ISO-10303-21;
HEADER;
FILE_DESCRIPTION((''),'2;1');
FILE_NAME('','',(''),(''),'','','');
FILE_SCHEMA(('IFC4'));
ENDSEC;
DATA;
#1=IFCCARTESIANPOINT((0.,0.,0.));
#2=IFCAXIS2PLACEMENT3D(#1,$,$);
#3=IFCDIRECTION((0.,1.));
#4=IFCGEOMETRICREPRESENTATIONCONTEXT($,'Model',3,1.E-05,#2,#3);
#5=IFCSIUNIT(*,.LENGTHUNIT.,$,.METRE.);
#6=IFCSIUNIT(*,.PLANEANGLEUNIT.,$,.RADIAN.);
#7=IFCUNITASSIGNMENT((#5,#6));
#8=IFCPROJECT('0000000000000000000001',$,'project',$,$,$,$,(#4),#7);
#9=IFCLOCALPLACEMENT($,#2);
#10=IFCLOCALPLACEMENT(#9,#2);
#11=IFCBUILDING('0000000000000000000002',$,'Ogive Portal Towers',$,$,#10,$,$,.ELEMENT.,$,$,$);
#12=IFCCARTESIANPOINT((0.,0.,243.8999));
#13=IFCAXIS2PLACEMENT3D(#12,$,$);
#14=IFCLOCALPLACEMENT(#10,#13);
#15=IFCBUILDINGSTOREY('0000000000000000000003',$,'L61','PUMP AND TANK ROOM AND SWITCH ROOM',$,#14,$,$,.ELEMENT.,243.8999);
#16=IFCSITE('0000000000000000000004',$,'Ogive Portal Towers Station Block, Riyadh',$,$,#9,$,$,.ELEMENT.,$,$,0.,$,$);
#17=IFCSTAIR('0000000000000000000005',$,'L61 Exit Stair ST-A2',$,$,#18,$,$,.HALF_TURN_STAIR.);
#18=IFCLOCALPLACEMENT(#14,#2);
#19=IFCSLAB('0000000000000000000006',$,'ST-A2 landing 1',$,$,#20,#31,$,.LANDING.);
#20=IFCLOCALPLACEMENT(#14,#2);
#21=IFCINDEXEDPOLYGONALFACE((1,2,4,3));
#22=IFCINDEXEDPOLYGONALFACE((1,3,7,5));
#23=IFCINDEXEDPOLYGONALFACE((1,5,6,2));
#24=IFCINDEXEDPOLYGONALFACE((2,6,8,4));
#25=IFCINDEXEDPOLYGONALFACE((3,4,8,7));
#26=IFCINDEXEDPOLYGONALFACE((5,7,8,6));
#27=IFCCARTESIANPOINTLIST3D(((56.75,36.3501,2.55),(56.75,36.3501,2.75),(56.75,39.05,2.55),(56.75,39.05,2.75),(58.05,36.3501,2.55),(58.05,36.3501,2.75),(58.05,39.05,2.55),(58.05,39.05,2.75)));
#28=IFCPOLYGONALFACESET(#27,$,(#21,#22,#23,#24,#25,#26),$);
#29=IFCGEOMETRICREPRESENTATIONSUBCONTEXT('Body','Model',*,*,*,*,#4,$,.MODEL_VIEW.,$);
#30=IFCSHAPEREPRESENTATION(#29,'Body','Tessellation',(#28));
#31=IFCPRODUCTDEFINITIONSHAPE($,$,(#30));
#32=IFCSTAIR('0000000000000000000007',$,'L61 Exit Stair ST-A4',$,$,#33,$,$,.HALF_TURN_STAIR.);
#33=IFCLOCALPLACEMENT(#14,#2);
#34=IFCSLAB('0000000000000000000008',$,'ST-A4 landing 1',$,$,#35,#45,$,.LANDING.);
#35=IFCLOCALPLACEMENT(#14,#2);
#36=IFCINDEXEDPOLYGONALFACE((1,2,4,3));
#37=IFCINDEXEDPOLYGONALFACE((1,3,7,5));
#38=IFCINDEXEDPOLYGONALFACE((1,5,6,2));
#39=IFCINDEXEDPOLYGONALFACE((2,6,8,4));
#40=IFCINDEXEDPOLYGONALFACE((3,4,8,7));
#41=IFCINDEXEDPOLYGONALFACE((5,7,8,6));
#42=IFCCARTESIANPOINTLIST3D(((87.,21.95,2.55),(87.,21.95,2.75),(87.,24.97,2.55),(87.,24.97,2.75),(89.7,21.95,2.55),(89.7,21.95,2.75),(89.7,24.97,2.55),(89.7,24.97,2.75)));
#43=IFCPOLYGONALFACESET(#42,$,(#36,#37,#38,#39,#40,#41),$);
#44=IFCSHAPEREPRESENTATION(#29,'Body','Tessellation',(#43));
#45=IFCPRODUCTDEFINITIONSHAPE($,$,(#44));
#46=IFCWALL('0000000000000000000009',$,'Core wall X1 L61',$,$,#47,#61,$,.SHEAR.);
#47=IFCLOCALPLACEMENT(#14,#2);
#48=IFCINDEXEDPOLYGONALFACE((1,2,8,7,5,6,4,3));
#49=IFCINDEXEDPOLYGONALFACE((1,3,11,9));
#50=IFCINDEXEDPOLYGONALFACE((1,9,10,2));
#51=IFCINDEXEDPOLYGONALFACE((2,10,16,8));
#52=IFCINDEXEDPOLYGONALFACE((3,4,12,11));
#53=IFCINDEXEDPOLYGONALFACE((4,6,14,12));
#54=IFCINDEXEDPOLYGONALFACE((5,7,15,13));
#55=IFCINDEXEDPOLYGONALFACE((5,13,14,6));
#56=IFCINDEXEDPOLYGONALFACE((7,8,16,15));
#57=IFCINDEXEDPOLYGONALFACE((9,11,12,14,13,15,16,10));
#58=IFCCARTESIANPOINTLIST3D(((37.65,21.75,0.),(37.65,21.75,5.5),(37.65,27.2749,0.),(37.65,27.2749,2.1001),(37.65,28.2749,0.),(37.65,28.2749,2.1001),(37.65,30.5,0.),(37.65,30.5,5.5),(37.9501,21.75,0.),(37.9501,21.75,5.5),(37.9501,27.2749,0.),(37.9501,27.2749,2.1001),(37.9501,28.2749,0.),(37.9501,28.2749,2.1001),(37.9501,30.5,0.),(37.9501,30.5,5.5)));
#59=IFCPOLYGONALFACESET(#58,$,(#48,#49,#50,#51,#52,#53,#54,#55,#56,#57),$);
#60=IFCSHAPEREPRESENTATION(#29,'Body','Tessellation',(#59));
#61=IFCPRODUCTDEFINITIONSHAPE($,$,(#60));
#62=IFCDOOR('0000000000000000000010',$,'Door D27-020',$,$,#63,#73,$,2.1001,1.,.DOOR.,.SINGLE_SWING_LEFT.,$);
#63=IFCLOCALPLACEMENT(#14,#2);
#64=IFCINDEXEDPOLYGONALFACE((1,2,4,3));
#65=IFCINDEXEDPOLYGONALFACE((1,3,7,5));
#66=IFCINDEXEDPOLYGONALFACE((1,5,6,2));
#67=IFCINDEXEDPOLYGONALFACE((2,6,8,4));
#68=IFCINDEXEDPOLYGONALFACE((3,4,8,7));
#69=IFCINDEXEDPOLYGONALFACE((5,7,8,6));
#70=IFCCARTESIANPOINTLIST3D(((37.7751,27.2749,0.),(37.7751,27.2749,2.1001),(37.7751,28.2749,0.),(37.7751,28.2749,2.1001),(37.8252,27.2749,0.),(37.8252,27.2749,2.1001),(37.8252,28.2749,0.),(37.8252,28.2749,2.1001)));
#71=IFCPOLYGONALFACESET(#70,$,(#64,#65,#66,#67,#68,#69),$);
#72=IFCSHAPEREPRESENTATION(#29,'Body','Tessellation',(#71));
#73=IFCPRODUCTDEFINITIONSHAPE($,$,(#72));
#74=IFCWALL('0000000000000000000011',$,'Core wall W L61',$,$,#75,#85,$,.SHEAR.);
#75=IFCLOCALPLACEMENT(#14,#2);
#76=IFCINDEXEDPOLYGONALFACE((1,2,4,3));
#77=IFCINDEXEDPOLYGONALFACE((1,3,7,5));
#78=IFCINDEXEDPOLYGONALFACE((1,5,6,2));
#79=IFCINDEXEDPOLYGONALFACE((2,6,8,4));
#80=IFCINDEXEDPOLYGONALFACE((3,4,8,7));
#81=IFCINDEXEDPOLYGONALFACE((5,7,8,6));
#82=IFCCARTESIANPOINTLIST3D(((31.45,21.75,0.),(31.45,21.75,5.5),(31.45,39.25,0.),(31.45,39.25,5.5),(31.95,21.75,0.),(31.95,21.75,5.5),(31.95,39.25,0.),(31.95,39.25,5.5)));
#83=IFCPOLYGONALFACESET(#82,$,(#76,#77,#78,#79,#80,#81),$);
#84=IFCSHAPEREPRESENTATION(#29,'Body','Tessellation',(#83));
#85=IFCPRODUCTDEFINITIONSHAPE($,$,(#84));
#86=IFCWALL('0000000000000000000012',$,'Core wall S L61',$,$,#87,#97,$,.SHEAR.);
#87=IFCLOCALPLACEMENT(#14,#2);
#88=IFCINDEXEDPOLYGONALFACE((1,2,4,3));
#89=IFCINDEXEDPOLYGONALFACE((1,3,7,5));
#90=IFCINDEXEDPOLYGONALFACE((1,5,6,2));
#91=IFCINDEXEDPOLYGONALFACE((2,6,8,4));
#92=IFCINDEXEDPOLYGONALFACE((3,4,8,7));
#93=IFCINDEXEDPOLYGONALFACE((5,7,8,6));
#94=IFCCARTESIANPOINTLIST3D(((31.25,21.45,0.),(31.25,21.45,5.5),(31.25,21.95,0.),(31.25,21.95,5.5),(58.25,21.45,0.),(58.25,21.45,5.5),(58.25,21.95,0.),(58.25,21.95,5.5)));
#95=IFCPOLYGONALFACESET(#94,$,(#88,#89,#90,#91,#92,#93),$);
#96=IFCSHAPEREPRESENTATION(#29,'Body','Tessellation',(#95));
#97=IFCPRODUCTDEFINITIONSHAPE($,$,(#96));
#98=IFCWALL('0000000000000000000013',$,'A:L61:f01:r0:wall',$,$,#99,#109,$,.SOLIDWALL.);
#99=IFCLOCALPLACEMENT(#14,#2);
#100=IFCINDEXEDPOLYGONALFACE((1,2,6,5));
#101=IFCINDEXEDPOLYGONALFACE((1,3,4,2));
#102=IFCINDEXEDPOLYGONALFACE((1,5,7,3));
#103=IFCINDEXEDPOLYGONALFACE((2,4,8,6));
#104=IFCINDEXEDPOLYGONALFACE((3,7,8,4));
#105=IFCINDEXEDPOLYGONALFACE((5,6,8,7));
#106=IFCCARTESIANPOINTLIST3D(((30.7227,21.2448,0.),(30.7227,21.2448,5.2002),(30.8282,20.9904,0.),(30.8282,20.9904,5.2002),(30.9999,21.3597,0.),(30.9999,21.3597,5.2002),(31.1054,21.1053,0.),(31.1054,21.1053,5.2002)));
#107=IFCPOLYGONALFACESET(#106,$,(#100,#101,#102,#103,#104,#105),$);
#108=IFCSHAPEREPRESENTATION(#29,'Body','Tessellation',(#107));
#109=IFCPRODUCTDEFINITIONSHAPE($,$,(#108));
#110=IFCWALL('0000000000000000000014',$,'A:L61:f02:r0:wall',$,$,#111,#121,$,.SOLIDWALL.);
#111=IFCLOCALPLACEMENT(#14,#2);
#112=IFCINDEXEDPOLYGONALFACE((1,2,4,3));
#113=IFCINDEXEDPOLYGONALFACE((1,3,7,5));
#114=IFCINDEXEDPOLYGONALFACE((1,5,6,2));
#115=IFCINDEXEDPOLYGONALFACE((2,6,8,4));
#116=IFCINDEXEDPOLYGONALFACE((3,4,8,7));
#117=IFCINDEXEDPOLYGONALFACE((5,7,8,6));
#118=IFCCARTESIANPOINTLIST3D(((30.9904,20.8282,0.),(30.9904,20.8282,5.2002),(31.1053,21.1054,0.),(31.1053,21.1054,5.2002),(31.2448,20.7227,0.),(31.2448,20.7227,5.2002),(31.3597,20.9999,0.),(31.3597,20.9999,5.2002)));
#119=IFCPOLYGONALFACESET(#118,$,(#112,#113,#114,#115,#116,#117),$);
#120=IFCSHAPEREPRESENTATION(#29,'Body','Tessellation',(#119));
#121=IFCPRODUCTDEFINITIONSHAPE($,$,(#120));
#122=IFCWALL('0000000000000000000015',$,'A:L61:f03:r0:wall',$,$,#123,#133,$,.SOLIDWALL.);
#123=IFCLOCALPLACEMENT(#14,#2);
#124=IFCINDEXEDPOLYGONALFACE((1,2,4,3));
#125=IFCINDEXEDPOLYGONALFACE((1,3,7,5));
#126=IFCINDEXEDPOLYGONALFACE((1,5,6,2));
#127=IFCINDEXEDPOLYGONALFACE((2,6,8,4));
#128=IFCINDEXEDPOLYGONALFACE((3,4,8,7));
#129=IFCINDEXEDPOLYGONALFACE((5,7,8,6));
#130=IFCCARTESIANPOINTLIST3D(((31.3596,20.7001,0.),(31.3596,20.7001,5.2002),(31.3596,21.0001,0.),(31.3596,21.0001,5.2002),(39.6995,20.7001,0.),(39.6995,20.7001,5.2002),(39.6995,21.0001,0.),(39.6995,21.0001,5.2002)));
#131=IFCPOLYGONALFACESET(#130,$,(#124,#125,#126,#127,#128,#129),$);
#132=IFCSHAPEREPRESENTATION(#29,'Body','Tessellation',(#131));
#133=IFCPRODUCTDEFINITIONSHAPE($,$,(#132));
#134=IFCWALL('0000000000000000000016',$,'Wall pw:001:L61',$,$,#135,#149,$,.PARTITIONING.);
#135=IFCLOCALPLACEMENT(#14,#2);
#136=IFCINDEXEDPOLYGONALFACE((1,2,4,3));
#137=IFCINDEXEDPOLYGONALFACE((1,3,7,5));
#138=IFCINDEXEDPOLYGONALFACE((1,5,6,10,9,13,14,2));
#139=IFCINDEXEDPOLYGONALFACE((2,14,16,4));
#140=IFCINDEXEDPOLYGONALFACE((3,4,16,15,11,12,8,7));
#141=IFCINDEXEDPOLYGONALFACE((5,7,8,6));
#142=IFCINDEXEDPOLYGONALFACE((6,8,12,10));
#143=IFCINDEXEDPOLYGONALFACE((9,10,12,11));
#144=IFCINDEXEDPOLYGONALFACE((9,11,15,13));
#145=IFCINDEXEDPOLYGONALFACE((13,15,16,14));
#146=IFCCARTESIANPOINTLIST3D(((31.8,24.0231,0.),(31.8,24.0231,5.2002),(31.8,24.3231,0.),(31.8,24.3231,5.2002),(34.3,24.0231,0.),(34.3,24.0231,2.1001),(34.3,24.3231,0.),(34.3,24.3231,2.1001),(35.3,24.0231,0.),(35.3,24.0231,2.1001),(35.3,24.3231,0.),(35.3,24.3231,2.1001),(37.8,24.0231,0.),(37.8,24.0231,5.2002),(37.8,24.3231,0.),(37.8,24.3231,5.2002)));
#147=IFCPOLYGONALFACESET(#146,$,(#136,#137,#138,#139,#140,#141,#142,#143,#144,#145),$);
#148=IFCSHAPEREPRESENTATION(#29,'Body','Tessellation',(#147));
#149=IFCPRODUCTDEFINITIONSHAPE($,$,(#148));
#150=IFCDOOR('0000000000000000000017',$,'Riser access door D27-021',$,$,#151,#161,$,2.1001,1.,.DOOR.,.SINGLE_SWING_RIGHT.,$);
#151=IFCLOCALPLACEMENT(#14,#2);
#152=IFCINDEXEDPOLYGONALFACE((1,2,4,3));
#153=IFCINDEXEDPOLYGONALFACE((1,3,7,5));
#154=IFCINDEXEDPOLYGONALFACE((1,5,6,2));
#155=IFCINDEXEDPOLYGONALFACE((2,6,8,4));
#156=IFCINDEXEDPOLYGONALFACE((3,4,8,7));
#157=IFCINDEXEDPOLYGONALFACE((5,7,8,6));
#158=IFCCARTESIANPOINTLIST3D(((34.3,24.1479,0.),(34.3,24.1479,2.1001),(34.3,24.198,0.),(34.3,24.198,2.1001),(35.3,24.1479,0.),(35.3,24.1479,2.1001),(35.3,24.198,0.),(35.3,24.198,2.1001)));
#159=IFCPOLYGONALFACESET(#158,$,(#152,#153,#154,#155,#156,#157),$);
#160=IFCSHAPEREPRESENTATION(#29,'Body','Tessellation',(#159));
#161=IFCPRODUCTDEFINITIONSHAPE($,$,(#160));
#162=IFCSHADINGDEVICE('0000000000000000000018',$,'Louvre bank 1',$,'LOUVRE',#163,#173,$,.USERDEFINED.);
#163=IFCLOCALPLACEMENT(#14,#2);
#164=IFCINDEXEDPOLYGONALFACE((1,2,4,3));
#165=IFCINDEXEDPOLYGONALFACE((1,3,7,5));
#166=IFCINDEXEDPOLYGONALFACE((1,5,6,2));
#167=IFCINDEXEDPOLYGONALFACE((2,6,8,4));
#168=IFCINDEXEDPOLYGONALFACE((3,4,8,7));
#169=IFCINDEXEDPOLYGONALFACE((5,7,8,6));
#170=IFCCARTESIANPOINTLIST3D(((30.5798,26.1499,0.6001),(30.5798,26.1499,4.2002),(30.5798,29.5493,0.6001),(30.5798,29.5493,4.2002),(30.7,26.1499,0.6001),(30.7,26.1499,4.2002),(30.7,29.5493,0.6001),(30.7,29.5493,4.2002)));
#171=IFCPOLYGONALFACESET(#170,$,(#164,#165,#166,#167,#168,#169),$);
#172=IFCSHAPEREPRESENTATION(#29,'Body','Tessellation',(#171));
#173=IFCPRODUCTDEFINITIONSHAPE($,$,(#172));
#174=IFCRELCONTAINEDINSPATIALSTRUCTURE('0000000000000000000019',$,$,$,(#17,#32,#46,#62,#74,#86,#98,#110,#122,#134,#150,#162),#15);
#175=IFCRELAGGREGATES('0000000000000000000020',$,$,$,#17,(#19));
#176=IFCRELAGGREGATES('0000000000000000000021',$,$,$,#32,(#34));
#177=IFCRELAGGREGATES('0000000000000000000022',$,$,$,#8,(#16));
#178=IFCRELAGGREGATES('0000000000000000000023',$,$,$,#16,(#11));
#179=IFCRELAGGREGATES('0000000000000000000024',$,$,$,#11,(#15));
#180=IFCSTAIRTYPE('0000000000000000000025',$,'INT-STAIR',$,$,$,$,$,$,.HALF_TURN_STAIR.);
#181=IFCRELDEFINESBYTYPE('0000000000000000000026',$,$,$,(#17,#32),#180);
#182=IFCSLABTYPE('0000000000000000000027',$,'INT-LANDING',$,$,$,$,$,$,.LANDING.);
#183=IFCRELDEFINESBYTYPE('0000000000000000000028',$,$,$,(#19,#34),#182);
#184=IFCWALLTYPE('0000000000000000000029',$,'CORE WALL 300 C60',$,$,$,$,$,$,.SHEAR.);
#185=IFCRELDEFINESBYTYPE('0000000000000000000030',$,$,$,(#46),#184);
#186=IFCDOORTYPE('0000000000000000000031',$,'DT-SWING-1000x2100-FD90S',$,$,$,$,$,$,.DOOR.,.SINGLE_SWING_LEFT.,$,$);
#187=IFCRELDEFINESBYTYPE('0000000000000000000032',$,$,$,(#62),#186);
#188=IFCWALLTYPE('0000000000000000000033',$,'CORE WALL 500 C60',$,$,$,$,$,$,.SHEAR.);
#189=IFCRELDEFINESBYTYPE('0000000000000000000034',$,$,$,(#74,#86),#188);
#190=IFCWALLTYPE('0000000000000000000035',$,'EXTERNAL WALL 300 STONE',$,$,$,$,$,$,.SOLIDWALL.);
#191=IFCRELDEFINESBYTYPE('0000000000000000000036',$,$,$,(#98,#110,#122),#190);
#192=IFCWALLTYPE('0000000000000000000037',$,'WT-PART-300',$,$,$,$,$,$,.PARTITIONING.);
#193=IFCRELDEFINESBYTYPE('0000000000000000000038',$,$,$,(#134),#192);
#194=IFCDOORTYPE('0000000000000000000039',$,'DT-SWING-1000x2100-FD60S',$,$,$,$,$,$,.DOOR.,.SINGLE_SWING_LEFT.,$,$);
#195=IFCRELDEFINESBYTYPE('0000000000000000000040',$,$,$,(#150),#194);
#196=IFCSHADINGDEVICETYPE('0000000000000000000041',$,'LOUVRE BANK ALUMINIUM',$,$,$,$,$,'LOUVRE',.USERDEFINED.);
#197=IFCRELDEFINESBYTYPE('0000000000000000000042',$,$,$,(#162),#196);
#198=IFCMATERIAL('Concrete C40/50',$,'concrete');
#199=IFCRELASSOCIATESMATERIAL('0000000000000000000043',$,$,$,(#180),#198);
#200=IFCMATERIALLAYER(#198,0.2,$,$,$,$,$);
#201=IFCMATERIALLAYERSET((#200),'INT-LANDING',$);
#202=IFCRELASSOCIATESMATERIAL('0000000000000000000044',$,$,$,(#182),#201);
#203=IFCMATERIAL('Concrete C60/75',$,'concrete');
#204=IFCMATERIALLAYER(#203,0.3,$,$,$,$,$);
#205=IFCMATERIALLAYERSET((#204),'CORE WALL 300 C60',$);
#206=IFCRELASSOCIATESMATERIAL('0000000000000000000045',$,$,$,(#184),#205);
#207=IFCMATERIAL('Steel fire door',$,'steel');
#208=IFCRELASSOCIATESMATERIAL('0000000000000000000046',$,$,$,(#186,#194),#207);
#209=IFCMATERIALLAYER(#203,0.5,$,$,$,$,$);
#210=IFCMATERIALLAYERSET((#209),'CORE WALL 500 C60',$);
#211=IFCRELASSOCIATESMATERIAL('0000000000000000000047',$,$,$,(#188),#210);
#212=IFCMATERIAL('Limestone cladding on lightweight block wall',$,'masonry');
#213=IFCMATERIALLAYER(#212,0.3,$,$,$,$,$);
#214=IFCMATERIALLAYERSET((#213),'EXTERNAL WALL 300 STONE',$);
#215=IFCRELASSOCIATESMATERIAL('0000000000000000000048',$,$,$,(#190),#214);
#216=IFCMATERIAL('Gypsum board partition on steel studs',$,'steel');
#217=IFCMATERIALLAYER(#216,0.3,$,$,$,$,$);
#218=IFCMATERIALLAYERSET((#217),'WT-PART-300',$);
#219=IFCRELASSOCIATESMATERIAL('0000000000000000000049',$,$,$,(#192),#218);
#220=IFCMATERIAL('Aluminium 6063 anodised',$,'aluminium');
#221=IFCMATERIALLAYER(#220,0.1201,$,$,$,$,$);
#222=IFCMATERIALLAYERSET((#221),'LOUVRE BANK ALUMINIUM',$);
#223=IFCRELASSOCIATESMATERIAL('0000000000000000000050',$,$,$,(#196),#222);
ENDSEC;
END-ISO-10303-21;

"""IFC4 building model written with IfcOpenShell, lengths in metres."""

from ifc_helpers import new_model, si_unit, direction, frame, frame_2d, origin, origin_2d, place, context, subcontext, project, spatial, polyline, rectangle, outline, extrude, material, layer, layer_set, type_object, element, fill, aggregate, save


model = new_model("IFC4")

# Units and contexts
model_context = context("Model", 3, precision=1e-05, world=origin(), true_north=direction((0.0, 1.0)))
body_context = subcontext(model_context, "Body", "Model", "MODEL_VIEW")
ifc_project = project(units=[si_unit("LENGTHUNIT", "METRE"), si_unit("PLANEANGLEUNIT", "RADIAN")], contexts=[model_context])

# Site, building, storey
site_placement = place(None, origin())
site = spatial("IfcSite", under=ifc_project, at=site_placement, Name="Ogive Portal Towers Station Block, Riyadh", CompositionType="ELEMENT", RefElevation=0.0)
building_placement = place(site_placement, origin())
building = spatial("IfcBuilding", under=site, at=building_placement, Name="Ogive Portal Towers", CompositionType="ELEMENT")
storey_placement = place(building_placement, frame((0.0, 0.0, 243.8999)))
storey = spatial("IfcBuildingStorey", under=building, at=storey_placement, Name="L61", Description="PUMP AND TANK ROOM AND SWITCH ROOM", CompositionType="ELEMENT", Elevation=243.8999)

# Stairs, slabs
ifc_material_1 = material(Name="Concrete C40/50", Category="concrete")
stair_type = type_object("IfcStairType", Name="INT-STAIR", PredefinedType="HALF_TURN_STAIR", material=ifc_material_1)
stair_1_placement = place(storey_placement, origin())
stair_1 = element("IfcStair", 1, at=stair_1_placement, inside=storey, type_object=stair_type, Name="L61 Exit Stair ST-A2", PredefinedType="HALF_TURN_STAIR")
ifc_layer_1 = layer(ifc_material_1, 0.2)
ifc_layer_set_1 = layer_set([ifc_layer_1], Name="INT-LANDING")
slab_type = type_object("IfcSlabType", Name="INT-LANDING", PredefinedType="LANDING", material=ifc_layer_set_1)
slab_1_placement = place(storey_placement, frame((0.0, 0.0, 2.55)))
slab_1 = element("IfcSlab", 2, at=slab_1_placement, type_object=slab_type, Name="ST-A2 landing 1", PredefinedType="LANDING", context=body_context, shape_type="SweptSolid", body=[
    extrude(outline(polyline([(56.75, 36.3501), (58.05, 36.3501), (58.05, 39.05), (56.75, 39.05), (56.75, 36.3501)])), origin(), (0.0, 0.0, 1.0), 0.2),
])
aggregate(stair_1, [slab_1])
stair_2_placement = place(storey_placement, origin())
stair_2 = element("IfcStair", 3, at=stair_2_placement, inside=storey, type_object=stair_type, Name="L61 Exit Stair ST-A4", PredefinedType="HALF_TURN_STAIR")
slab_2_placement = place(storey_placement, frame((0.0, 0.0, 2.55)))
slab_2 = element("IfcSlab", 4, at=slab_2_placement, type_object=slab_type, Name="ST-A4 landing 1", PredefinedType="LANDING", context=body_context, shape_type="SweptSolid", body=[
    extrude(outline(polyline([(87.0, 24.97), (87.0, 21.95), (89.7, 21.95), (89.7, 24.97), (87.0, 24.97)])), origin(), (0.0, 0.0, 1.0), 0.2),
])
aggregate(stair_2, [slab_2])

# Wall, opening, door
ifc_material_2 = material(Name="Concrete C60/75", Category="concrete")
ifc_layer_2 = layer(ifc_material_2, 0.3)
ifc_layer_set_2 = layer_set([ifc_layer_2], Name="CORE WALL 300 C60")
wall_type_1 = type_object("IfcWallType", Name="CORE WALL 300 C60", PredefinedType="SHEAR", material=ifc_layer_set_2)
wall_1_placement = place(storey_placement, frame((37.8, 21.75, 0.0), z_axis=(0.0, 0.0, 1.0), x_axis=(0.0, 1.0, 0.0)))
wall_1 = element("IfcWall", 5, at=wall_1_placement, inside=storey, type_object=wall_type_1, Name="Core wall X1 L61", PredefinedType="SHEAR", context=body_context, shape_type="SweptSolid", body=[
    extrude(rectangle(XDim=8.75, YDim=0.3, at=frame_2d((4.375, 0.0))), origin(), (0.0, 0.0, 1.0), 5.5),
])
opening_1_placement = place(wall_1_placement, frame((5.5249, 0.0, 0.0)))
opening_1 = element("IfcOpeningElement", 6, at=opening_1_placement, cuts=wall_1, PredefinedType="OPENING", context=body_context, shape_type="SweptSolid", body=[
    extrude(rectangle(XDim=1.0, YDim=2.1001, at=frame_2d((0.5, 1.05))), frame((0.0, 0.1602, 0.0), z_axis=(0.0, -1.0, 0.0), x_axis=(1.0, 0.0, 0.0)), (0.0, 0.0, 1.0), 0.3201),
])
ifc_material_3 = material(Name="Steel fire door", Category="steel")
door_type_1 = type_object("IfcDoorType", Name="DT-SWING-1000x2100-FD90S", OperationType="SINGLE_SWING_LEFT", PredefinedType="DOOR", material=ifc_material_3)
door_1_placement = place(opening_1_placement, origin())
door_1 = element("IfcDoor", 7, at=door_1_placement, inside=storey, type_object=door_type_1, Name="Door D27-020", OperationType="SINGLE_SWING_LEFT", OverallHeight=2.1001, OverallWidth=1.0, PredefinedType="DOOR", context=body_context, shape_type="SweptSolid", body=[
    extrude(rectangle(XDim=1.0, YDim=2.1001, at=frame_2d((0.5, 1.05))), frame((0.0, 0.0249, 0.0), z_axis=(0.0, -1.0, 0.0), x_axis=(1.0, 0.0, 0.0)), (0.0, 0.0, 1.0), 0.05),
])
fill(opening_1, door_1)

# Walls
ifc_layer_3 = layer(ifc_material_2, 0.5)
ifc_layer_set_3 = layer_set([ifc_layer_3], Name="CORE WALL 500 C60")
wall_type_2 = type_object("IfcWallType", Name="CORE WALL 500 C60", PredefinedType="SHEAR", material=ifc_layer_set_3)
wall_2_placement = place(storey_placement, frame((31.7, 21.75, 0.0), z_axis=(0.0, 0.0, 1.0), x_axis=(0.0, 1.0, 0.0)))
element("IfcWall", 8, at=wall_2_placement, inside=storey, type_object=wall_type_2, Name="Core wall W L61", PredefinedType="SHEAR", context=body_context, shape_type="SweptSolid", body=[
    extrude(rectangle(XDim=17.5, YDim=0.5, at=frame_2d((8.75, 0.0))), origin(), (0.0, 0.0, 1.0), 5.5),
])
wall_3_placement = place(storey_placement, frame((31.25, 21.7, 0.0), z_axis=(0.0, 0.0, 1.0), x_axis=(1.0, 0.0, 0.0)))
element("IfcWall", 9, at=wall_3_placement, inside=storey, type_object=wall_type_2, Name="Core wall S L61", PredefinedType="SHEAR", context=body_context, shape_type="SweptSolid", body=[
    extrude(rectangle(XDim=27.0, YDim=0.5, at=frame_2d((13.5, 0.0))), origin(), (0.0, 0.0, 1.0), 5.5),
])
ifc_material_4 = material(Name="Limestone cladding on lightweight block wall", Category="masonry")
ifc_layer_4 = layer(ifc_material_4, 0.3)
ifc_layer_set_4 = layer_set([ifc_layer_4], Name="EXTERNAL WALL 300 STONE")
wall_type_3 = type_object("IfcWallType", Name="EXTERNAL WALL 300 STONE", PredefinedType="SOLIDWALL", material=ifc_layer_set_4)
for number, where, z_axis, x_axis, name in (
    (10, (30.8613, 21.3022, 0.0), (0.0, 0.0, 1.0), (0.382978, -0.923757, 0.0), "A:L61:f01:r0:wall"),
    (11, (31.0479, 20.9668, 0.0), (0.0, 0.0, 1.0), (0.923757, -0.382978, 0.0), "A:L61:f02:r0:wall"),
):
    element("IfcWall", number, at=place(storey_placement, frame(where, z_axis=z_axis, x_axis=x_axis)), inside=storey, type_object=wall_type_3, Name=name, PredefinedType="SOLIDWALL", context=body_context, shape_type="SweptSolid", body=[
        extrude(rectangle(XDim=0.2754, YDim=0.3, at=frame_2d((0.1377, 0.0))), origin(), (0.0, 0.0, 1.0), 5.2002),
    ])
wall_4_placement = place(storey_placement, frame((31.3596, 20.8501, 0.0), z_axis=(0.0, 0.0, 1.0), x_axis=(1.0, 0.0, 0.0)))
element("IfcWall", 12, at=wall_4_placement, inside=storey, type_object=wall_type_3, Name="A:L61:f03:r0:wall", PredefinedType="SOLIDWALL", context=body_context, shape_type="SweptSolid", body=[
    extrude(rectangle(XDim=8.3398, YDim=0.3, at=frame_2d((4.1699, 0.0))), origin(), (0.0, 0.0, 1.0), 5.2002),
])

# Wall, opening, door
ifc_material_5 = material(Name="Gypsum board partition on steel studs", Category="steel")
ifc_layer_5 = layer(ifc_material_5, 0.3)
ifc_layer_set_5 = layer_set([ifc_layer_5], Name="WT-PART-300")
wall_type_4 = type_object("IfcWallType", Name="WT-PART-300", PredefinedType="PARTITIONING", material=ifc_layer_set_5)
wall_5_placement = place(storey_placement, frame((31.8, 24.1731, 0.0), z_axis=(0.0, 0.0, 1.0), x_axis=(1.0, 0.0, 0.0)))
wall_5 = element("IfcWall", 13, at=wall_5_placement, inside=storey, type_object=wall_type_4, Name="Wall pw:001:L61", PredefinedType="PARTITIONING", context=body_context, shape_type="SweptSolid", body=[
    extrude(rectangle(XDim=6.0, YDim=0.3, at=frame_2d((3.0, 0.0))), origin(), (0.0, 0.0, 1.0), 5.2002),
])
opening_2_placement = place(wall_5_placement, frame((2.5, 0.0, 0.0)))
opening_2 = element("IfcOpeningElement", 14, at=opening_2_placement, cuts=wall_5, PredefinedType="OPENING", context=body_context, shape_type="SweptSolid", body=[
    extrude(rectangle(XDim=1.0, YDim=2.1001, at=frame_2d((0.5, 1.05))), frame((0.0, 0.1602, 0.0), z_axis=(0.0, -1.0, 0.0), x_axis=(1.0, 0.0, 0.0)), (0.0, 0.0, 1.0), 0.3201),
])
door_type_2 = type_object("IfcDoorType", Name="DT-SWING-1000x2100-FD60S", OperationType="SINGLE_SWING_LEFT", PredefinedType="DOOR", material=ifc_material_3)
door_2_placement = place(opening_2_placement, origin())
door_2 = element("IfcDoor", 15, at=door_2_placement, inside=storey, type_object=door_type_2, Name="Riser access door D27-021", OperationType="SINGLE_SWING_RIGHT", OverallHeight=2.1001, OverallWidth=1.0, PredefinedType="DOOR", context=body_context, shape_type="SweptSolid", body=[
    extrude(rectangle(XDim=1.0, YDim=2.1001, at=frame_2d((0.5, 1.05))), frame((0.0, 0.0249, 0.0), z_axis=(0.0, -1.0, 0.0), x_axis=(1.0, 0.0, 0.0)), (0.0, 0.0, 1.0), 0.05),
])
fill(opening_2, door_2)

# Shading device
ifc_material_6 = material(Name="Aluminium 6063 anodised", Category="aluminium")
ifc_layer_6 = layer(ifc_material_6, 0.1201)
ifc_layer_set_6 = layer_set([ifc_layer_6], Name="LOUVRE BANK ALUMINIUM")
shading_device_type = type_object("IfcShadingDeviceType", Name="LOUVRE BANK ALUMINIUM", ElementType="LOUVRE", PredefinedType="USERDEFINED", material=ifc_layer_set_6)
shading_device_placement = place(storey_placement, frame((30.6399, 27.8496, 0.6001), z_axis=(0.0, 0.0, 1.0), x_axis=(0.0, -1.0, 0.0)))
element("IfcShadingDevice", 16, at=shading_device_placement, inside=storey, type_object=shading_device_type, Name="Louvre bank 1", ObjectType="LOUVRE", PredefinedType="USERDEFINED", context=body_context, shape_type="SweptSolid", body=[
    extrude(rectangle(XDim=3.3994, YDim=0.1201, at=origin_2d()), origin(), (0.0, 0.0, 1.0), 3.6001),
])

save(model, "model.ifc")
